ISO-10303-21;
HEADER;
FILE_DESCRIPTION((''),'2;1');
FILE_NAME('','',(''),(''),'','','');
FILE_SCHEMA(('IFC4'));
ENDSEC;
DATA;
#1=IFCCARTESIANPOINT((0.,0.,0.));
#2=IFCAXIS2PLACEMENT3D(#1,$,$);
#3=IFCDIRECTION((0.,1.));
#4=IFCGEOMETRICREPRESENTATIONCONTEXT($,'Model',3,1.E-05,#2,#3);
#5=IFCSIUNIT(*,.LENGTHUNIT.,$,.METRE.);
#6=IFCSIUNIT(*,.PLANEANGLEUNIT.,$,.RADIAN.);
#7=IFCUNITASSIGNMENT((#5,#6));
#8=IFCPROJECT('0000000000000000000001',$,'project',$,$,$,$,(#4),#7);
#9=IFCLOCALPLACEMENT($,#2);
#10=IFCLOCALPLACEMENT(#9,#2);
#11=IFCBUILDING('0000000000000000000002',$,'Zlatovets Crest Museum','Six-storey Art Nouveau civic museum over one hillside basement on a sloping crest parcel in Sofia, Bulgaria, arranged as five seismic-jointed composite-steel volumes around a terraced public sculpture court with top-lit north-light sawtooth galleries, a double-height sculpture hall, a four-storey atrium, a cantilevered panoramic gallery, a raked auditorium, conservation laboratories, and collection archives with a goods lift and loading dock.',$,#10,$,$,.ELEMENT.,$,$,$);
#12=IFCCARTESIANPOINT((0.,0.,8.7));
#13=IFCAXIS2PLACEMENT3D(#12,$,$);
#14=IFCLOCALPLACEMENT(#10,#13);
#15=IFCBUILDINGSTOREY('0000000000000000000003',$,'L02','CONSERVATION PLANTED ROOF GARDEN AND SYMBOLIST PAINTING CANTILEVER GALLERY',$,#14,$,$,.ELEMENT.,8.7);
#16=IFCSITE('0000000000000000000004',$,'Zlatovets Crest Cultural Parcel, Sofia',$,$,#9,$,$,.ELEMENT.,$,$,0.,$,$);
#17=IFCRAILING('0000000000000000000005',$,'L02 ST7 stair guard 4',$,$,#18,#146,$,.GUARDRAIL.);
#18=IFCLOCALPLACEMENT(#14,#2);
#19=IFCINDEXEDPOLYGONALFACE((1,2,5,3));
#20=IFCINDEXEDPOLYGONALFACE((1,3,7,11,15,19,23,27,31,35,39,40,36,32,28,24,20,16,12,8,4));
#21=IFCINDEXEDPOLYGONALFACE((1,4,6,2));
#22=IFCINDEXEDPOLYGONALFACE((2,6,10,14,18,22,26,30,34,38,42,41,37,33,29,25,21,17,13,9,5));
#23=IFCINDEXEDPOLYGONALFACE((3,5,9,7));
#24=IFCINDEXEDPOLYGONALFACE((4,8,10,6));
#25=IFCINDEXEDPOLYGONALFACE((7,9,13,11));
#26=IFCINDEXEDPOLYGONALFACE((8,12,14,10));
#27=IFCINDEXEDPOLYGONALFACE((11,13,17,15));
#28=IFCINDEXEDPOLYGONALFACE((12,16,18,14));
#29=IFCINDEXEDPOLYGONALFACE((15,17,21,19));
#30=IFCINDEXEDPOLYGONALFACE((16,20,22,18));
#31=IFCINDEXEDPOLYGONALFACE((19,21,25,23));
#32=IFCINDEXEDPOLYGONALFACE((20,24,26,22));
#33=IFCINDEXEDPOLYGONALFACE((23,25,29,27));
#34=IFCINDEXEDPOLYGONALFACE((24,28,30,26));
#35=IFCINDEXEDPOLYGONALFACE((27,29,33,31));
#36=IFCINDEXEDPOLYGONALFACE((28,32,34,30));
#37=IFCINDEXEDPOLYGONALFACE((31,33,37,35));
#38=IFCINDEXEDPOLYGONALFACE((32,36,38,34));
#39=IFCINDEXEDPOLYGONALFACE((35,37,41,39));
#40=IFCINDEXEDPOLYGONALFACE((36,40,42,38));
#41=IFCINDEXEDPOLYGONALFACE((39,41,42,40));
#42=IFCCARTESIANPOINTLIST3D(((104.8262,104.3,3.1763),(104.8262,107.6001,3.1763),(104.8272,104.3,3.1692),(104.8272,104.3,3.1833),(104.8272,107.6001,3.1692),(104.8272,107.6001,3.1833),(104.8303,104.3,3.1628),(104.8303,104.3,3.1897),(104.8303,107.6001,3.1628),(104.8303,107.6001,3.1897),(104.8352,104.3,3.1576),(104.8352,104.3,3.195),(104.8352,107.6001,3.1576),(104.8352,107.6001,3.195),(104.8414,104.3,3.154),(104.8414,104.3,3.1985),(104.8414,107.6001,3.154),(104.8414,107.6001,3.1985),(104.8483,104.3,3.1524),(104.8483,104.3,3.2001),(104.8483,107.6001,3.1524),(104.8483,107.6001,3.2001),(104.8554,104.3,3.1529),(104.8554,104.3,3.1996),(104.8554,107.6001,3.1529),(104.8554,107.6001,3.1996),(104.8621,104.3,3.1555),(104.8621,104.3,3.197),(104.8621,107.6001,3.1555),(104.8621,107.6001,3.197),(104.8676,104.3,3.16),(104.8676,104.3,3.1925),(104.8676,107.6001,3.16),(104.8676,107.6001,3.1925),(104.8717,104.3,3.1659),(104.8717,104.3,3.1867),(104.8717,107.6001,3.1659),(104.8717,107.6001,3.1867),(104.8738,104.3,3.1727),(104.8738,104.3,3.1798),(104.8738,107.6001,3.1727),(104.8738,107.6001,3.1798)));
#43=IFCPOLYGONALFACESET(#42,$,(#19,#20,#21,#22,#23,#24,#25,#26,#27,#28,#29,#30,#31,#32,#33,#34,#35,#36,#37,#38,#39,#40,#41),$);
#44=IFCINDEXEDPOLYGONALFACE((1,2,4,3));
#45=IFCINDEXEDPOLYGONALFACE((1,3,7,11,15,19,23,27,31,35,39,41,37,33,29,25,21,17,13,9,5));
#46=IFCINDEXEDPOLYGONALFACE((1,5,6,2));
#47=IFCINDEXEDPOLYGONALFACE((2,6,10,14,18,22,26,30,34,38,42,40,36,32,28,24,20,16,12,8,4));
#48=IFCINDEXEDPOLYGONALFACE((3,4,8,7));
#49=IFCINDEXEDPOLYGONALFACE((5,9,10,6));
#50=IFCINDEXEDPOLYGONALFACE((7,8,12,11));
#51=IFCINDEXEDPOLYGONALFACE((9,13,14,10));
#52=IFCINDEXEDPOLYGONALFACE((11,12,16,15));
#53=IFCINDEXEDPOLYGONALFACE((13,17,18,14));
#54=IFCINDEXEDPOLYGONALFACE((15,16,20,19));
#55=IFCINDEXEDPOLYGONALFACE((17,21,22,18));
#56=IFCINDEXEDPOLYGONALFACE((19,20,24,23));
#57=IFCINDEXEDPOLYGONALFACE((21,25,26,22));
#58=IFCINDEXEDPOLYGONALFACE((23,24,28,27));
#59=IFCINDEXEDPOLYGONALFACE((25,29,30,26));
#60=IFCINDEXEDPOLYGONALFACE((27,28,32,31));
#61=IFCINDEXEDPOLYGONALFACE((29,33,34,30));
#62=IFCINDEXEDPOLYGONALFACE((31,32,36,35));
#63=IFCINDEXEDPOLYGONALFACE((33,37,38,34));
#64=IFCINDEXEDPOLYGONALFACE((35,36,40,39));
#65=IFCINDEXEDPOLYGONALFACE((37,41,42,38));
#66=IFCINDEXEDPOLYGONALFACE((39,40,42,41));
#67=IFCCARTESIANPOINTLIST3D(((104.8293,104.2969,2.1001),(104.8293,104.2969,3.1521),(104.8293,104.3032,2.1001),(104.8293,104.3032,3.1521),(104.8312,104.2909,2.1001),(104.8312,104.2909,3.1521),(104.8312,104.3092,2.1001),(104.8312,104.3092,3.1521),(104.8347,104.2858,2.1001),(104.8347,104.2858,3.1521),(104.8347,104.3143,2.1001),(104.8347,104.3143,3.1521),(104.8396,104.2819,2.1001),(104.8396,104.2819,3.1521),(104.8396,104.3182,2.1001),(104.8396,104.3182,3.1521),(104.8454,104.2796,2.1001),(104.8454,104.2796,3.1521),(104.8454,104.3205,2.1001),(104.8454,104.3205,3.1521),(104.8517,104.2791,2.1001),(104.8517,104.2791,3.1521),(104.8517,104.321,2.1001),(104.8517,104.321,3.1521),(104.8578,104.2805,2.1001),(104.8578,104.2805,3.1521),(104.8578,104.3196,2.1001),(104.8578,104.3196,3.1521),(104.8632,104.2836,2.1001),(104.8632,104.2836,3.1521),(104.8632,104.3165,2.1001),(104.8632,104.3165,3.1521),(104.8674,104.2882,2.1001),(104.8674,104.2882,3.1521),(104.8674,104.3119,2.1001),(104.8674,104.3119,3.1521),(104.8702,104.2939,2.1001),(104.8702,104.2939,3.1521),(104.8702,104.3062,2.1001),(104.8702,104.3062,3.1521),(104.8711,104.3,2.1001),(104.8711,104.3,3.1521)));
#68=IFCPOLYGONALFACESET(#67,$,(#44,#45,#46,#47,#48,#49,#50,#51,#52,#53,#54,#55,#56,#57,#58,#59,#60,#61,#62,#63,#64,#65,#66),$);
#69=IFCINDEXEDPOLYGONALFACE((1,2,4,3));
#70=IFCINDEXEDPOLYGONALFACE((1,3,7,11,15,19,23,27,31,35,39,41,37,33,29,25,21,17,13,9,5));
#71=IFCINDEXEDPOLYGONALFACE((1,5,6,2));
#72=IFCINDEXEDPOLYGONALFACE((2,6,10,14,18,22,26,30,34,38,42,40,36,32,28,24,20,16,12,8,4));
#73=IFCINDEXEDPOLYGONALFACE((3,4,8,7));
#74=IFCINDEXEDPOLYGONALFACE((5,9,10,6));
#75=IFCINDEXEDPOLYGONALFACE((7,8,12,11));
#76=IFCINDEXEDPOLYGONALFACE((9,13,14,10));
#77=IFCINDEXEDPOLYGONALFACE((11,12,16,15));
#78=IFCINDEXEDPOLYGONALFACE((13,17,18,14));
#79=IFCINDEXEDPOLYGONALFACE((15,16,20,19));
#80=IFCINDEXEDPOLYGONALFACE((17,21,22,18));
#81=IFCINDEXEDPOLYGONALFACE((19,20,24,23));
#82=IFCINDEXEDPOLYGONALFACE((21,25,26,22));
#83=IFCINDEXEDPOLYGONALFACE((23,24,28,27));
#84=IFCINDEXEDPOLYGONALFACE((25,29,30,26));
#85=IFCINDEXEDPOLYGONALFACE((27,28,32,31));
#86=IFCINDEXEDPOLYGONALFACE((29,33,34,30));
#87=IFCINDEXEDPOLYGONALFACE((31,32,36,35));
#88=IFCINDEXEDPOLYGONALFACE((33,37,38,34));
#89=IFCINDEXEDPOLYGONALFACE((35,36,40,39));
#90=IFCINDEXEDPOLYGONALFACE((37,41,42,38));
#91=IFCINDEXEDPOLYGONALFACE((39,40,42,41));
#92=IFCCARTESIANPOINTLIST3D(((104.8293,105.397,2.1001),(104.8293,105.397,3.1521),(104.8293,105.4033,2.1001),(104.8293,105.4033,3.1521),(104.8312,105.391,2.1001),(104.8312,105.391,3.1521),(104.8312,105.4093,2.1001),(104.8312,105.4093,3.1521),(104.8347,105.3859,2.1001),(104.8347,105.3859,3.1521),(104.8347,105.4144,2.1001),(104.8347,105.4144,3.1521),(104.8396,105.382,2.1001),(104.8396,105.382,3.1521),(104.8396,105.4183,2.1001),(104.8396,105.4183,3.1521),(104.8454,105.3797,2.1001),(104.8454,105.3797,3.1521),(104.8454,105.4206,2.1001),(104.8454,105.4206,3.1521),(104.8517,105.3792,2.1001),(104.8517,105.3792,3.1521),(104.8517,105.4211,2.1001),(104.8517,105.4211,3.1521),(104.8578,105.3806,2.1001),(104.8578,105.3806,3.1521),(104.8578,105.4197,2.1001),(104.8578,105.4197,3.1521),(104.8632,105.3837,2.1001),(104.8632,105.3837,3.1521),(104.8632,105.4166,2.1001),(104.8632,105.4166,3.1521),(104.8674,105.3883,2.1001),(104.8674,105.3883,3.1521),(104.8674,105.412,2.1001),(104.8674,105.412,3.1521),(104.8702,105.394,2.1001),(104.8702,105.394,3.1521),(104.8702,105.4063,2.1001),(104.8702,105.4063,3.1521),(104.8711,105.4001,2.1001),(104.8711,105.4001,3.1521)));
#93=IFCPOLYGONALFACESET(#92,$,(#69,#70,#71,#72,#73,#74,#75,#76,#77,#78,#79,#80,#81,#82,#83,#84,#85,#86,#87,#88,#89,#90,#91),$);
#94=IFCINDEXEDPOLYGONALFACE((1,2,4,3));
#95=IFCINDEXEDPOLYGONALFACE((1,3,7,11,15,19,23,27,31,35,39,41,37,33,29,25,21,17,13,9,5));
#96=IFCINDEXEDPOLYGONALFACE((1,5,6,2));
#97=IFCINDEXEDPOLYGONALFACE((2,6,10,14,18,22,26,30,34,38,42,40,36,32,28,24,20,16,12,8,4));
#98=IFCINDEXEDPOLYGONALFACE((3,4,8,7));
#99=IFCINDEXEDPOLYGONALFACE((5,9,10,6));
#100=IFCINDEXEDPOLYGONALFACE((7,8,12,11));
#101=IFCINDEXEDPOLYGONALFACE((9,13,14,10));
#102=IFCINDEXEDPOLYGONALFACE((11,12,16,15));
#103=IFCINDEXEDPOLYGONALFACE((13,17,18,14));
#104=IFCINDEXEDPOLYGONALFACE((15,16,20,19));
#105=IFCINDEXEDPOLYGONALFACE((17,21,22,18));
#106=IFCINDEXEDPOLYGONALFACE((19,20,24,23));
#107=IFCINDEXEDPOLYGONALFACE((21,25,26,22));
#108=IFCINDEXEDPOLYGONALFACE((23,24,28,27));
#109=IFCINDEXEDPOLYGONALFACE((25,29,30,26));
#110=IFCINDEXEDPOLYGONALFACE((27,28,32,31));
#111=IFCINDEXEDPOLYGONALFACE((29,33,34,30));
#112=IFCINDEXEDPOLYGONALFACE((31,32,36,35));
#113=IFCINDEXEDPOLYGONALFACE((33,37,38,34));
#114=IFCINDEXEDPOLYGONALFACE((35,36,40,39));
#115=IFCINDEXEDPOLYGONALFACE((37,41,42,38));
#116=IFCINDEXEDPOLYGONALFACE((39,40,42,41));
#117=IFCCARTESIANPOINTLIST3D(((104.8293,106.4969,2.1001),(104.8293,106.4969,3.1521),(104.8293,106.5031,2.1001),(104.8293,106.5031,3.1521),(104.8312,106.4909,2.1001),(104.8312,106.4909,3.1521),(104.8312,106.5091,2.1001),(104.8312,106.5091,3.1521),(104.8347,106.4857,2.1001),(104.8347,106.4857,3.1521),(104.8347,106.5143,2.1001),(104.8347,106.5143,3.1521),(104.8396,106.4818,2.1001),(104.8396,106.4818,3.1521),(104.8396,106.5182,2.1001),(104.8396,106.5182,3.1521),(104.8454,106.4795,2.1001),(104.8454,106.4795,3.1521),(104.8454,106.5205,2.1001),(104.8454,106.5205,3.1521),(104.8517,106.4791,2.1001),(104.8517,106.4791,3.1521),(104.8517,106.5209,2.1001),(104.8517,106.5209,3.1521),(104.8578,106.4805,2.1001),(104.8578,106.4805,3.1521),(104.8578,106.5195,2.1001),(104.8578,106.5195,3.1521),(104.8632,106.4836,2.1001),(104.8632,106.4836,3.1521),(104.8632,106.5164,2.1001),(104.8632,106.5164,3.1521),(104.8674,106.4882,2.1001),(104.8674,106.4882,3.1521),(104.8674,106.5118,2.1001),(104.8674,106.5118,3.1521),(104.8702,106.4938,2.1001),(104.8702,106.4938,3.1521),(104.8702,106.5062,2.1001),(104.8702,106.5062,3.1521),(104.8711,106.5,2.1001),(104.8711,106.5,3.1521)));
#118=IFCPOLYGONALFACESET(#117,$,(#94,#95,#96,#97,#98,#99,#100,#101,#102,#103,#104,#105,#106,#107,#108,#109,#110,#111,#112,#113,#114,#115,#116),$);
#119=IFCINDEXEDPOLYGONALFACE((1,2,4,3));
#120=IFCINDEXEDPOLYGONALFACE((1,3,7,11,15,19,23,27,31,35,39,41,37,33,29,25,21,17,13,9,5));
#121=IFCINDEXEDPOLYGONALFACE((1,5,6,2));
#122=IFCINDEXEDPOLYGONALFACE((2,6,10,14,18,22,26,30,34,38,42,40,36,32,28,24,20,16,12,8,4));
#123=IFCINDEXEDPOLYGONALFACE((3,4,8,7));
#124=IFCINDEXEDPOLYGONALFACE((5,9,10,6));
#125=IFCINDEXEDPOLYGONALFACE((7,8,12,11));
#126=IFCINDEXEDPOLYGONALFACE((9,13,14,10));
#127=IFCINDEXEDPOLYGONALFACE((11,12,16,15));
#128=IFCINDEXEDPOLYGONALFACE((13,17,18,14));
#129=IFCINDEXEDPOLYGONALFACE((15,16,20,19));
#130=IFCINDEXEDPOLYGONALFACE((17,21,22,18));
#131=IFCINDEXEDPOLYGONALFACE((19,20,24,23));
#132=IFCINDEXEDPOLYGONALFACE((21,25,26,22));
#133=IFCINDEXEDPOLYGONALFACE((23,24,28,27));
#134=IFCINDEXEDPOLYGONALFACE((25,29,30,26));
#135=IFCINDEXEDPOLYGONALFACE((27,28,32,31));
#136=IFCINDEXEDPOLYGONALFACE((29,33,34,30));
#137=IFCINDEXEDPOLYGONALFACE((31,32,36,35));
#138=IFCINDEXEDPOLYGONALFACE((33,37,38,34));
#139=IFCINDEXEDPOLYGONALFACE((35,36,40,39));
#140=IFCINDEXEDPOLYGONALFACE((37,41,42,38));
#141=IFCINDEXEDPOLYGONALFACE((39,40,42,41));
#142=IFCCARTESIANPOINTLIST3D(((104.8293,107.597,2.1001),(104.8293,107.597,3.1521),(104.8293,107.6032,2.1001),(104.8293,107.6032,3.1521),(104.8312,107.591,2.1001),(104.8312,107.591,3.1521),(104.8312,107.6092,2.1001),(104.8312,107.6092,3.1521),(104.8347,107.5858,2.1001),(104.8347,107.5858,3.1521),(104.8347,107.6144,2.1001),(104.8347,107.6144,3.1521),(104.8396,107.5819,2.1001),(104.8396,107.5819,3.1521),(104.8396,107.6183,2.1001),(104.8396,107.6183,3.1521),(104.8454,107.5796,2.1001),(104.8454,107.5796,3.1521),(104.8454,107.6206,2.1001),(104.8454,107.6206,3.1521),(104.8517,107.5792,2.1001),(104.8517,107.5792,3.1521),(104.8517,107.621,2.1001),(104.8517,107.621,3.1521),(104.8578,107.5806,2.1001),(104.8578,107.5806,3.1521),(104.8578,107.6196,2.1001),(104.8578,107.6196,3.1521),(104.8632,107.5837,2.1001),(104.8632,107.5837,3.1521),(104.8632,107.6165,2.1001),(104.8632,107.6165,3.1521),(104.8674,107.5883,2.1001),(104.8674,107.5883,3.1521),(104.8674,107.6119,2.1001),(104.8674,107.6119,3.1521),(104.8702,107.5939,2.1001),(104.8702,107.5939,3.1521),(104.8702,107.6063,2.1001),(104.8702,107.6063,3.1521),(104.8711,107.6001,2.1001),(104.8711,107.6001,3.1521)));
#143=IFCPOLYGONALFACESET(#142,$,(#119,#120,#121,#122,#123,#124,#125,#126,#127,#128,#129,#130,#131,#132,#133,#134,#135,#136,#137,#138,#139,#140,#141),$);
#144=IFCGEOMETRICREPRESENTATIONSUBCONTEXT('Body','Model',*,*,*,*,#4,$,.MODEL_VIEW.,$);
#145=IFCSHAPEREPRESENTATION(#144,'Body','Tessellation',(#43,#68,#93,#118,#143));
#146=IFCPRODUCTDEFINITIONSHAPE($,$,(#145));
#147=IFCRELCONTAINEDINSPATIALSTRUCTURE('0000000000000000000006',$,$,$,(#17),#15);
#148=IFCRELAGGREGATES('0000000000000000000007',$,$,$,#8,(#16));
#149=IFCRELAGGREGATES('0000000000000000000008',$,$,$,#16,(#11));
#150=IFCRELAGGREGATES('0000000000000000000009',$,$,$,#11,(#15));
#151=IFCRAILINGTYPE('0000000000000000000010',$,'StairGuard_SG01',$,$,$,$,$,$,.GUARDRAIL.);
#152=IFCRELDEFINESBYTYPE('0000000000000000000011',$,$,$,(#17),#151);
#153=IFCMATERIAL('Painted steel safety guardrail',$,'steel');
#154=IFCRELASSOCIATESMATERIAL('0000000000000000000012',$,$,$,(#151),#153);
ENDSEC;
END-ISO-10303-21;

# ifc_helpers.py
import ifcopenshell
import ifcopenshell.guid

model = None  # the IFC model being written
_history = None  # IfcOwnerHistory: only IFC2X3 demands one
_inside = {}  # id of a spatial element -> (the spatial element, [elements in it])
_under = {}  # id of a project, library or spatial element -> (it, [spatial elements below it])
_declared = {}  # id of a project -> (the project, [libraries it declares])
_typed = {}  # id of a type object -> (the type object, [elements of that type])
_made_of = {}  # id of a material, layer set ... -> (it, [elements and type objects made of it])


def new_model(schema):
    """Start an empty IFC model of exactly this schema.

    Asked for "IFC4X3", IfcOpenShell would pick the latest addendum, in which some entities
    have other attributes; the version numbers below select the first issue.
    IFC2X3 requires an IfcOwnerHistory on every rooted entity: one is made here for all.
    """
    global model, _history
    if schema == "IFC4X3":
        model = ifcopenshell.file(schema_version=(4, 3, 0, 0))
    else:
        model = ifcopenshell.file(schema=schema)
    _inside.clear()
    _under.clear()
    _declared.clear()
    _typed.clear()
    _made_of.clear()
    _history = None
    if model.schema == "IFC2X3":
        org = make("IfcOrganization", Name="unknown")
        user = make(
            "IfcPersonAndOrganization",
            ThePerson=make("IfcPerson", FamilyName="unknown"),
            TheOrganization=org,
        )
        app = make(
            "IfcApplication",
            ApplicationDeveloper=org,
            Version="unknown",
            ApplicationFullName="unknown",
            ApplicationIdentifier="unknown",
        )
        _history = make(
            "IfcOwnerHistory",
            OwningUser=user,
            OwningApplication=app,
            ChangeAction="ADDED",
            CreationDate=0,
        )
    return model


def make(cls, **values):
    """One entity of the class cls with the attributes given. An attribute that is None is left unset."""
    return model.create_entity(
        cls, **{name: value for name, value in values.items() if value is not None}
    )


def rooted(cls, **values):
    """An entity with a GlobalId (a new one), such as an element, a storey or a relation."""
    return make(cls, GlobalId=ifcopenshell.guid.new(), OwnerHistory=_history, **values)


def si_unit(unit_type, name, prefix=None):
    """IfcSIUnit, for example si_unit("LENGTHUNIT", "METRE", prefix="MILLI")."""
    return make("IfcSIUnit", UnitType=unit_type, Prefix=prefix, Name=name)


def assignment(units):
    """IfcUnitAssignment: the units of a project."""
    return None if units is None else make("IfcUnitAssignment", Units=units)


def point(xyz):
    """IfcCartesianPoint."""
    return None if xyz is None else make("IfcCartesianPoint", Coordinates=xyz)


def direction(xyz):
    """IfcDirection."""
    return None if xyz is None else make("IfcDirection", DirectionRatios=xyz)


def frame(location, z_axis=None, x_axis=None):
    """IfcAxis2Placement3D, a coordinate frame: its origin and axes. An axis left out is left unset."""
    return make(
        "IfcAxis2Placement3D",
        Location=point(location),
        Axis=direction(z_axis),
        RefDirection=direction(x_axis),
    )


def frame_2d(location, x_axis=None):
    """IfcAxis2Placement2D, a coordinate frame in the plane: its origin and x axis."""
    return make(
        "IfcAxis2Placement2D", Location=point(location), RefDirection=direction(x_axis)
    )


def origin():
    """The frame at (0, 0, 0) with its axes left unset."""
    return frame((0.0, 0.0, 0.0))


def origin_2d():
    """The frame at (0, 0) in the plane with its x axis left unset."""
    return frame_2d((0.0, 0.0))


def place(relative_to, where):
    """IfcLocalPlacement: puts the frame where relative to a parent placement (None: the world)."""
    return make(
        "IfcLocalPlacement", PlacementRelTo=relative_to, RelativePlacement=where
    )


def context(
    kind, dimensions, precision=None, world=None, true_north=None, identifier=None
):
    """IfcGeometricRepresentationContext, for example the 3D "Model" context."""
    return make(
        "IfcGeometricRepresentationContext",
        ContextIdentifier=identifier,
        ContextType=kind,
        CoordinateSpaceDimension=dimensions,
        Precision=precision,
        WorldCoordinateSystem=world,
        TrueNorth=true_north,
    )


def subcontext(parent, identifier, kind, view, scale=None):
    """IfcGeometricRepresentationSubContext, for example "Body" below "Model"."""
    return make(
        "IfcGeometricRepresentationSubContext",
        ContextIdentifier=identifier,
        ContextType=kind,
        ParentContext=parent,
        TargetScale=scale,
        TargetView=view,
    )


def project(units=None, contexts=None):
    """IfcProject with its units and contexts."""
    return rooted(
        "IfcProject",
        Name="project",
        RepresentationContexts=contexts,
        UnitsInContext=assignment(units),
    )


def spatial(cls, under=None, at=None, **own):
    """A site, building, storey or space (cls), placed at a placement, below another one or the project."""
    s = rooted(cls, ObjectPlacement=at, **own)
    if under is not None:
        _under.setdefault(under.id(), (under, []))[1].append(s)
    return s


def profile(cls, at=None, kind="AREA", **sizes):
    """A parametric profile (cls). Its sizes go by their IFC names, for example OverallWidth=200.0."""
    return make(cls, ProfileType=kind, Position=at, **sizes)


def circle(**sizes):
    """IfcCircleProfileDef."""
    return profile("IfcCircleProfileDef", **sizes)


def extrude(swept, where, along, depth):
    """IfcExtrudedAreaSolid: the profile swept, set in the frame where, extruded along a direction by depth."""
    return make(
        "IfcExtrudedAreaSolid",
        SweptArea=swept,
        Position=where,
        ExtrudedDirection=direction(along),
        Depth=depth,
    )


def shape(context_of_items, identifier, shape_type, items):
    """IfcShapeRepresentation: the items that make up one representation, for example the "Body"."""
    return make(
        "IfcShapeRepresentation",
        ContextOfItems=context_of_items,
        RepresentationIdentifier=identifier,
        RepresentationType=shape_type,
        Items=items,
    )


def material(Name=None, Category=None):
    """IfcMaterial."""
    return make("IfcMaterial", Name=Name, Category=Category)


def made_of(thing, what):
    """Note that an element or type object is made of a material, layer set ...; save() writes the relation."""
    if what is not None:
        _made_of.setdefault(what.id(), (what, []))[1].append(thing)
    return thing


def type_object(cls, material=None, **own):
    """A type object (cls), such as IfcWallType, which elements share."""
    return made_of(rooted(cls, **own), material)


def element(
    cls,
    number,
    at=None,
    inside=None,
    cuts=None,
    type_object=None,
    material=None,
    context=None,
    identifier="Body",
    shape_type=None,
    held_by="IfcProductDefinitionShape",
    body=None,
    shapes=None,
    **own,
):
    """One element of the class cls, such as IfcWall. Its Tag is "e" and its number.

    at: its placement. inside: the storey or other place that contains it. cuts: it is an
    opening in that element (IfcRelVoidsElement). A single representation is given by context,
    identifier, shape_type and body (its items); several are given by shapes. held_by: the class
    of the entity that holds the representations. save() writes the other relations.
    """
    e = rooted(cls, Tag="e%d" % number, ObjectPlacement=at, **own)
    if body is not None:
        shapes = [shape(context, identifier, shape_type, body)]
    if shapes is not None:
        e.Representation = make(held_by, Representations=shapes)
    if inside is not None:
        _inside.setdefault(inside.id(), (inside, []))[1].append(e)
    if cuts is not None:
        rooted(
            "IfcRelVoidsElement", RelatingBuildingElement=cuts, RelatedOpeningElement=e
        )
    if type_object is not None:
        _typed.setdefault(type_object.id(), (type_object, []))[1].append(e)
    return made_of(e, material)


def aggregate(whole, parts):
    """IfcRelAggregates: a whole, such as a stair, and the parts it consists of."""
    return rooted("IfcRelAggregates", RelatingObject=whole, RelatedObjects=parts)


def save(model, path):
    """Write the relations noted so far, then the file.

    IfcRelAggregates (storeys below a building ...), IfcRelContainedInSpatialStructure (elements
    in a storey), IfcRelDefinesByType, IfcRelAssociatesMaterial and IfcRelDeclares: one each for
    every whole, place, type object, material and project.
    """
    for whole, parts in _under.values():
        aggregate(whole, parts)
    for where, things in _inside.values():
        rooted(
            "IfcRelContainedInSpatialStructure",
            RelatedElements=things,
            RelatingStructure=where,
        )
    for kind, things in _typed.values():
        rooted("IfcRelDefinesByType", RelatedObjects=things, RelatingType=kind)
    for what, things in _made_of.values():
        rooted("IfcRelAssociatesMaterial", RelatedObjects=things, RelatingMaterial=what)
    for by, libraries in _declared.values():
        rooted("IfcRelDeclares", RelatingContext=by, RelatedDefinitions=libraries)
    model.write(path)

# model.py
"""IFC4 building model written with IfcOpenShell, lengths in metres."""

from ifc_helpers import new_model, si_unit, direction, frame, origin, origin_2d, place, context, subcontext, project, spatial, circle, extrude, material, type_object, element, save


model = new_model("IFC4")

# Units and contexts
model_context = context("Model", 3, precision=1e-05, world=origin(), true_north=direction((0.0, 1.0)))
body_context = subcontext(model_context, "Body", "Model", "MODEL_VIEW")
ifc_project = project(units=[si_unit("LENGTHUNIT", "METRE"), si_unit("PLANEANGLEUNIT", "RADIAN")], contexts=[model_context])

# Site, building, storey
site_placement = place(None, origin())
site = spatial("IfcSite", under=ifc_project, at=site_placement, Name="Zlatovets Crest Cultural Parcel, Sofia", CompositionType="ELEMENT", RefElevation=0.0)
building_placement = place(site_placement, origin())
building = spatial("IfcBuilding", under=site, at=building_placement, Name="Zlatovets Crest Museum", Description="Six-storey Art Nouveau civic museum over one hillside basement on a sloping crest parcel in Sofia, Bulgaria, arranged as five seismic-jointed composite-steel volumes around a terraced public sculpture court with top-lit north-light sawtooth galleries, a double-height sculpture hall, a four-storey atrium, a cantilevered panoramic gallery, a raked auditorium, conservation laboratories, and collection archives with a goods lift and loading dock.", CompositionType="ELEMENT")
storey_placement = place(building_placement, frame((0.0, 0.0, 8.7)))
storey = spatial("IfcBuildingStorey", under=building, at=storey_placement, Name="L02", Description="CONSERVATION PLANTED ROOF GARDEN AND SYMBOLIST PAINTING CANTILEVER GALLERY", CompositionType="ELEMENT", Elevation=8.7)

# Railing
ifc_material_1 = material(Name="Painted steel safety guardrail", Category="steel")
railing_type_1 = type_object("IfcRailingType", Name="StairGuard_SG01", PredefinedType="GUARDRAIL", material=ifc_material_1)
railing_1_placement = place(storey_placement, frame((104.8501, 104.3, 2.1001)))
element("IfcRailing", 1, at=railing_1_placement, inside=storey, type_object=railing_type_1, Name="L02 ST7 stair guard 4", PredefinedType="GUARDRAIL", context=body_context, shape_type="SweptSolid", body=[
    extrude(circle(Radius=0.0239, at=origin_2d()), frame((0.0, 0.0, 1.0762), z_axis=(0.0, 1.0, 0.0), x_axis=(-1.0, 0.0, 0.0)), (0.0, 0.0, 1.0), 3.3),
    extrude(circle(Radius=0.021, at=origin_2d()), origin(), (0.0, 0.0, 1.0), 1.052),
    extrude(circle(Radius=0.021, at=origin_2d()), frame((0.0, 1.1001, 0.0)), (0.0, 0.0, 1.0), 1.052),
    extrude(circle(Radius=0.021, at=origin_2d()), frame((0.0, 2.2, 0.0)), (0.0, 0.0, 1.0), 1.052),
    extrude(circle(Radius=0.021, at=origin_2d()), frame((0.0, 3.3, 0.0)), (0.0, 0.0, 1.0), 1.052),
])

save(model, "model.ifc")
